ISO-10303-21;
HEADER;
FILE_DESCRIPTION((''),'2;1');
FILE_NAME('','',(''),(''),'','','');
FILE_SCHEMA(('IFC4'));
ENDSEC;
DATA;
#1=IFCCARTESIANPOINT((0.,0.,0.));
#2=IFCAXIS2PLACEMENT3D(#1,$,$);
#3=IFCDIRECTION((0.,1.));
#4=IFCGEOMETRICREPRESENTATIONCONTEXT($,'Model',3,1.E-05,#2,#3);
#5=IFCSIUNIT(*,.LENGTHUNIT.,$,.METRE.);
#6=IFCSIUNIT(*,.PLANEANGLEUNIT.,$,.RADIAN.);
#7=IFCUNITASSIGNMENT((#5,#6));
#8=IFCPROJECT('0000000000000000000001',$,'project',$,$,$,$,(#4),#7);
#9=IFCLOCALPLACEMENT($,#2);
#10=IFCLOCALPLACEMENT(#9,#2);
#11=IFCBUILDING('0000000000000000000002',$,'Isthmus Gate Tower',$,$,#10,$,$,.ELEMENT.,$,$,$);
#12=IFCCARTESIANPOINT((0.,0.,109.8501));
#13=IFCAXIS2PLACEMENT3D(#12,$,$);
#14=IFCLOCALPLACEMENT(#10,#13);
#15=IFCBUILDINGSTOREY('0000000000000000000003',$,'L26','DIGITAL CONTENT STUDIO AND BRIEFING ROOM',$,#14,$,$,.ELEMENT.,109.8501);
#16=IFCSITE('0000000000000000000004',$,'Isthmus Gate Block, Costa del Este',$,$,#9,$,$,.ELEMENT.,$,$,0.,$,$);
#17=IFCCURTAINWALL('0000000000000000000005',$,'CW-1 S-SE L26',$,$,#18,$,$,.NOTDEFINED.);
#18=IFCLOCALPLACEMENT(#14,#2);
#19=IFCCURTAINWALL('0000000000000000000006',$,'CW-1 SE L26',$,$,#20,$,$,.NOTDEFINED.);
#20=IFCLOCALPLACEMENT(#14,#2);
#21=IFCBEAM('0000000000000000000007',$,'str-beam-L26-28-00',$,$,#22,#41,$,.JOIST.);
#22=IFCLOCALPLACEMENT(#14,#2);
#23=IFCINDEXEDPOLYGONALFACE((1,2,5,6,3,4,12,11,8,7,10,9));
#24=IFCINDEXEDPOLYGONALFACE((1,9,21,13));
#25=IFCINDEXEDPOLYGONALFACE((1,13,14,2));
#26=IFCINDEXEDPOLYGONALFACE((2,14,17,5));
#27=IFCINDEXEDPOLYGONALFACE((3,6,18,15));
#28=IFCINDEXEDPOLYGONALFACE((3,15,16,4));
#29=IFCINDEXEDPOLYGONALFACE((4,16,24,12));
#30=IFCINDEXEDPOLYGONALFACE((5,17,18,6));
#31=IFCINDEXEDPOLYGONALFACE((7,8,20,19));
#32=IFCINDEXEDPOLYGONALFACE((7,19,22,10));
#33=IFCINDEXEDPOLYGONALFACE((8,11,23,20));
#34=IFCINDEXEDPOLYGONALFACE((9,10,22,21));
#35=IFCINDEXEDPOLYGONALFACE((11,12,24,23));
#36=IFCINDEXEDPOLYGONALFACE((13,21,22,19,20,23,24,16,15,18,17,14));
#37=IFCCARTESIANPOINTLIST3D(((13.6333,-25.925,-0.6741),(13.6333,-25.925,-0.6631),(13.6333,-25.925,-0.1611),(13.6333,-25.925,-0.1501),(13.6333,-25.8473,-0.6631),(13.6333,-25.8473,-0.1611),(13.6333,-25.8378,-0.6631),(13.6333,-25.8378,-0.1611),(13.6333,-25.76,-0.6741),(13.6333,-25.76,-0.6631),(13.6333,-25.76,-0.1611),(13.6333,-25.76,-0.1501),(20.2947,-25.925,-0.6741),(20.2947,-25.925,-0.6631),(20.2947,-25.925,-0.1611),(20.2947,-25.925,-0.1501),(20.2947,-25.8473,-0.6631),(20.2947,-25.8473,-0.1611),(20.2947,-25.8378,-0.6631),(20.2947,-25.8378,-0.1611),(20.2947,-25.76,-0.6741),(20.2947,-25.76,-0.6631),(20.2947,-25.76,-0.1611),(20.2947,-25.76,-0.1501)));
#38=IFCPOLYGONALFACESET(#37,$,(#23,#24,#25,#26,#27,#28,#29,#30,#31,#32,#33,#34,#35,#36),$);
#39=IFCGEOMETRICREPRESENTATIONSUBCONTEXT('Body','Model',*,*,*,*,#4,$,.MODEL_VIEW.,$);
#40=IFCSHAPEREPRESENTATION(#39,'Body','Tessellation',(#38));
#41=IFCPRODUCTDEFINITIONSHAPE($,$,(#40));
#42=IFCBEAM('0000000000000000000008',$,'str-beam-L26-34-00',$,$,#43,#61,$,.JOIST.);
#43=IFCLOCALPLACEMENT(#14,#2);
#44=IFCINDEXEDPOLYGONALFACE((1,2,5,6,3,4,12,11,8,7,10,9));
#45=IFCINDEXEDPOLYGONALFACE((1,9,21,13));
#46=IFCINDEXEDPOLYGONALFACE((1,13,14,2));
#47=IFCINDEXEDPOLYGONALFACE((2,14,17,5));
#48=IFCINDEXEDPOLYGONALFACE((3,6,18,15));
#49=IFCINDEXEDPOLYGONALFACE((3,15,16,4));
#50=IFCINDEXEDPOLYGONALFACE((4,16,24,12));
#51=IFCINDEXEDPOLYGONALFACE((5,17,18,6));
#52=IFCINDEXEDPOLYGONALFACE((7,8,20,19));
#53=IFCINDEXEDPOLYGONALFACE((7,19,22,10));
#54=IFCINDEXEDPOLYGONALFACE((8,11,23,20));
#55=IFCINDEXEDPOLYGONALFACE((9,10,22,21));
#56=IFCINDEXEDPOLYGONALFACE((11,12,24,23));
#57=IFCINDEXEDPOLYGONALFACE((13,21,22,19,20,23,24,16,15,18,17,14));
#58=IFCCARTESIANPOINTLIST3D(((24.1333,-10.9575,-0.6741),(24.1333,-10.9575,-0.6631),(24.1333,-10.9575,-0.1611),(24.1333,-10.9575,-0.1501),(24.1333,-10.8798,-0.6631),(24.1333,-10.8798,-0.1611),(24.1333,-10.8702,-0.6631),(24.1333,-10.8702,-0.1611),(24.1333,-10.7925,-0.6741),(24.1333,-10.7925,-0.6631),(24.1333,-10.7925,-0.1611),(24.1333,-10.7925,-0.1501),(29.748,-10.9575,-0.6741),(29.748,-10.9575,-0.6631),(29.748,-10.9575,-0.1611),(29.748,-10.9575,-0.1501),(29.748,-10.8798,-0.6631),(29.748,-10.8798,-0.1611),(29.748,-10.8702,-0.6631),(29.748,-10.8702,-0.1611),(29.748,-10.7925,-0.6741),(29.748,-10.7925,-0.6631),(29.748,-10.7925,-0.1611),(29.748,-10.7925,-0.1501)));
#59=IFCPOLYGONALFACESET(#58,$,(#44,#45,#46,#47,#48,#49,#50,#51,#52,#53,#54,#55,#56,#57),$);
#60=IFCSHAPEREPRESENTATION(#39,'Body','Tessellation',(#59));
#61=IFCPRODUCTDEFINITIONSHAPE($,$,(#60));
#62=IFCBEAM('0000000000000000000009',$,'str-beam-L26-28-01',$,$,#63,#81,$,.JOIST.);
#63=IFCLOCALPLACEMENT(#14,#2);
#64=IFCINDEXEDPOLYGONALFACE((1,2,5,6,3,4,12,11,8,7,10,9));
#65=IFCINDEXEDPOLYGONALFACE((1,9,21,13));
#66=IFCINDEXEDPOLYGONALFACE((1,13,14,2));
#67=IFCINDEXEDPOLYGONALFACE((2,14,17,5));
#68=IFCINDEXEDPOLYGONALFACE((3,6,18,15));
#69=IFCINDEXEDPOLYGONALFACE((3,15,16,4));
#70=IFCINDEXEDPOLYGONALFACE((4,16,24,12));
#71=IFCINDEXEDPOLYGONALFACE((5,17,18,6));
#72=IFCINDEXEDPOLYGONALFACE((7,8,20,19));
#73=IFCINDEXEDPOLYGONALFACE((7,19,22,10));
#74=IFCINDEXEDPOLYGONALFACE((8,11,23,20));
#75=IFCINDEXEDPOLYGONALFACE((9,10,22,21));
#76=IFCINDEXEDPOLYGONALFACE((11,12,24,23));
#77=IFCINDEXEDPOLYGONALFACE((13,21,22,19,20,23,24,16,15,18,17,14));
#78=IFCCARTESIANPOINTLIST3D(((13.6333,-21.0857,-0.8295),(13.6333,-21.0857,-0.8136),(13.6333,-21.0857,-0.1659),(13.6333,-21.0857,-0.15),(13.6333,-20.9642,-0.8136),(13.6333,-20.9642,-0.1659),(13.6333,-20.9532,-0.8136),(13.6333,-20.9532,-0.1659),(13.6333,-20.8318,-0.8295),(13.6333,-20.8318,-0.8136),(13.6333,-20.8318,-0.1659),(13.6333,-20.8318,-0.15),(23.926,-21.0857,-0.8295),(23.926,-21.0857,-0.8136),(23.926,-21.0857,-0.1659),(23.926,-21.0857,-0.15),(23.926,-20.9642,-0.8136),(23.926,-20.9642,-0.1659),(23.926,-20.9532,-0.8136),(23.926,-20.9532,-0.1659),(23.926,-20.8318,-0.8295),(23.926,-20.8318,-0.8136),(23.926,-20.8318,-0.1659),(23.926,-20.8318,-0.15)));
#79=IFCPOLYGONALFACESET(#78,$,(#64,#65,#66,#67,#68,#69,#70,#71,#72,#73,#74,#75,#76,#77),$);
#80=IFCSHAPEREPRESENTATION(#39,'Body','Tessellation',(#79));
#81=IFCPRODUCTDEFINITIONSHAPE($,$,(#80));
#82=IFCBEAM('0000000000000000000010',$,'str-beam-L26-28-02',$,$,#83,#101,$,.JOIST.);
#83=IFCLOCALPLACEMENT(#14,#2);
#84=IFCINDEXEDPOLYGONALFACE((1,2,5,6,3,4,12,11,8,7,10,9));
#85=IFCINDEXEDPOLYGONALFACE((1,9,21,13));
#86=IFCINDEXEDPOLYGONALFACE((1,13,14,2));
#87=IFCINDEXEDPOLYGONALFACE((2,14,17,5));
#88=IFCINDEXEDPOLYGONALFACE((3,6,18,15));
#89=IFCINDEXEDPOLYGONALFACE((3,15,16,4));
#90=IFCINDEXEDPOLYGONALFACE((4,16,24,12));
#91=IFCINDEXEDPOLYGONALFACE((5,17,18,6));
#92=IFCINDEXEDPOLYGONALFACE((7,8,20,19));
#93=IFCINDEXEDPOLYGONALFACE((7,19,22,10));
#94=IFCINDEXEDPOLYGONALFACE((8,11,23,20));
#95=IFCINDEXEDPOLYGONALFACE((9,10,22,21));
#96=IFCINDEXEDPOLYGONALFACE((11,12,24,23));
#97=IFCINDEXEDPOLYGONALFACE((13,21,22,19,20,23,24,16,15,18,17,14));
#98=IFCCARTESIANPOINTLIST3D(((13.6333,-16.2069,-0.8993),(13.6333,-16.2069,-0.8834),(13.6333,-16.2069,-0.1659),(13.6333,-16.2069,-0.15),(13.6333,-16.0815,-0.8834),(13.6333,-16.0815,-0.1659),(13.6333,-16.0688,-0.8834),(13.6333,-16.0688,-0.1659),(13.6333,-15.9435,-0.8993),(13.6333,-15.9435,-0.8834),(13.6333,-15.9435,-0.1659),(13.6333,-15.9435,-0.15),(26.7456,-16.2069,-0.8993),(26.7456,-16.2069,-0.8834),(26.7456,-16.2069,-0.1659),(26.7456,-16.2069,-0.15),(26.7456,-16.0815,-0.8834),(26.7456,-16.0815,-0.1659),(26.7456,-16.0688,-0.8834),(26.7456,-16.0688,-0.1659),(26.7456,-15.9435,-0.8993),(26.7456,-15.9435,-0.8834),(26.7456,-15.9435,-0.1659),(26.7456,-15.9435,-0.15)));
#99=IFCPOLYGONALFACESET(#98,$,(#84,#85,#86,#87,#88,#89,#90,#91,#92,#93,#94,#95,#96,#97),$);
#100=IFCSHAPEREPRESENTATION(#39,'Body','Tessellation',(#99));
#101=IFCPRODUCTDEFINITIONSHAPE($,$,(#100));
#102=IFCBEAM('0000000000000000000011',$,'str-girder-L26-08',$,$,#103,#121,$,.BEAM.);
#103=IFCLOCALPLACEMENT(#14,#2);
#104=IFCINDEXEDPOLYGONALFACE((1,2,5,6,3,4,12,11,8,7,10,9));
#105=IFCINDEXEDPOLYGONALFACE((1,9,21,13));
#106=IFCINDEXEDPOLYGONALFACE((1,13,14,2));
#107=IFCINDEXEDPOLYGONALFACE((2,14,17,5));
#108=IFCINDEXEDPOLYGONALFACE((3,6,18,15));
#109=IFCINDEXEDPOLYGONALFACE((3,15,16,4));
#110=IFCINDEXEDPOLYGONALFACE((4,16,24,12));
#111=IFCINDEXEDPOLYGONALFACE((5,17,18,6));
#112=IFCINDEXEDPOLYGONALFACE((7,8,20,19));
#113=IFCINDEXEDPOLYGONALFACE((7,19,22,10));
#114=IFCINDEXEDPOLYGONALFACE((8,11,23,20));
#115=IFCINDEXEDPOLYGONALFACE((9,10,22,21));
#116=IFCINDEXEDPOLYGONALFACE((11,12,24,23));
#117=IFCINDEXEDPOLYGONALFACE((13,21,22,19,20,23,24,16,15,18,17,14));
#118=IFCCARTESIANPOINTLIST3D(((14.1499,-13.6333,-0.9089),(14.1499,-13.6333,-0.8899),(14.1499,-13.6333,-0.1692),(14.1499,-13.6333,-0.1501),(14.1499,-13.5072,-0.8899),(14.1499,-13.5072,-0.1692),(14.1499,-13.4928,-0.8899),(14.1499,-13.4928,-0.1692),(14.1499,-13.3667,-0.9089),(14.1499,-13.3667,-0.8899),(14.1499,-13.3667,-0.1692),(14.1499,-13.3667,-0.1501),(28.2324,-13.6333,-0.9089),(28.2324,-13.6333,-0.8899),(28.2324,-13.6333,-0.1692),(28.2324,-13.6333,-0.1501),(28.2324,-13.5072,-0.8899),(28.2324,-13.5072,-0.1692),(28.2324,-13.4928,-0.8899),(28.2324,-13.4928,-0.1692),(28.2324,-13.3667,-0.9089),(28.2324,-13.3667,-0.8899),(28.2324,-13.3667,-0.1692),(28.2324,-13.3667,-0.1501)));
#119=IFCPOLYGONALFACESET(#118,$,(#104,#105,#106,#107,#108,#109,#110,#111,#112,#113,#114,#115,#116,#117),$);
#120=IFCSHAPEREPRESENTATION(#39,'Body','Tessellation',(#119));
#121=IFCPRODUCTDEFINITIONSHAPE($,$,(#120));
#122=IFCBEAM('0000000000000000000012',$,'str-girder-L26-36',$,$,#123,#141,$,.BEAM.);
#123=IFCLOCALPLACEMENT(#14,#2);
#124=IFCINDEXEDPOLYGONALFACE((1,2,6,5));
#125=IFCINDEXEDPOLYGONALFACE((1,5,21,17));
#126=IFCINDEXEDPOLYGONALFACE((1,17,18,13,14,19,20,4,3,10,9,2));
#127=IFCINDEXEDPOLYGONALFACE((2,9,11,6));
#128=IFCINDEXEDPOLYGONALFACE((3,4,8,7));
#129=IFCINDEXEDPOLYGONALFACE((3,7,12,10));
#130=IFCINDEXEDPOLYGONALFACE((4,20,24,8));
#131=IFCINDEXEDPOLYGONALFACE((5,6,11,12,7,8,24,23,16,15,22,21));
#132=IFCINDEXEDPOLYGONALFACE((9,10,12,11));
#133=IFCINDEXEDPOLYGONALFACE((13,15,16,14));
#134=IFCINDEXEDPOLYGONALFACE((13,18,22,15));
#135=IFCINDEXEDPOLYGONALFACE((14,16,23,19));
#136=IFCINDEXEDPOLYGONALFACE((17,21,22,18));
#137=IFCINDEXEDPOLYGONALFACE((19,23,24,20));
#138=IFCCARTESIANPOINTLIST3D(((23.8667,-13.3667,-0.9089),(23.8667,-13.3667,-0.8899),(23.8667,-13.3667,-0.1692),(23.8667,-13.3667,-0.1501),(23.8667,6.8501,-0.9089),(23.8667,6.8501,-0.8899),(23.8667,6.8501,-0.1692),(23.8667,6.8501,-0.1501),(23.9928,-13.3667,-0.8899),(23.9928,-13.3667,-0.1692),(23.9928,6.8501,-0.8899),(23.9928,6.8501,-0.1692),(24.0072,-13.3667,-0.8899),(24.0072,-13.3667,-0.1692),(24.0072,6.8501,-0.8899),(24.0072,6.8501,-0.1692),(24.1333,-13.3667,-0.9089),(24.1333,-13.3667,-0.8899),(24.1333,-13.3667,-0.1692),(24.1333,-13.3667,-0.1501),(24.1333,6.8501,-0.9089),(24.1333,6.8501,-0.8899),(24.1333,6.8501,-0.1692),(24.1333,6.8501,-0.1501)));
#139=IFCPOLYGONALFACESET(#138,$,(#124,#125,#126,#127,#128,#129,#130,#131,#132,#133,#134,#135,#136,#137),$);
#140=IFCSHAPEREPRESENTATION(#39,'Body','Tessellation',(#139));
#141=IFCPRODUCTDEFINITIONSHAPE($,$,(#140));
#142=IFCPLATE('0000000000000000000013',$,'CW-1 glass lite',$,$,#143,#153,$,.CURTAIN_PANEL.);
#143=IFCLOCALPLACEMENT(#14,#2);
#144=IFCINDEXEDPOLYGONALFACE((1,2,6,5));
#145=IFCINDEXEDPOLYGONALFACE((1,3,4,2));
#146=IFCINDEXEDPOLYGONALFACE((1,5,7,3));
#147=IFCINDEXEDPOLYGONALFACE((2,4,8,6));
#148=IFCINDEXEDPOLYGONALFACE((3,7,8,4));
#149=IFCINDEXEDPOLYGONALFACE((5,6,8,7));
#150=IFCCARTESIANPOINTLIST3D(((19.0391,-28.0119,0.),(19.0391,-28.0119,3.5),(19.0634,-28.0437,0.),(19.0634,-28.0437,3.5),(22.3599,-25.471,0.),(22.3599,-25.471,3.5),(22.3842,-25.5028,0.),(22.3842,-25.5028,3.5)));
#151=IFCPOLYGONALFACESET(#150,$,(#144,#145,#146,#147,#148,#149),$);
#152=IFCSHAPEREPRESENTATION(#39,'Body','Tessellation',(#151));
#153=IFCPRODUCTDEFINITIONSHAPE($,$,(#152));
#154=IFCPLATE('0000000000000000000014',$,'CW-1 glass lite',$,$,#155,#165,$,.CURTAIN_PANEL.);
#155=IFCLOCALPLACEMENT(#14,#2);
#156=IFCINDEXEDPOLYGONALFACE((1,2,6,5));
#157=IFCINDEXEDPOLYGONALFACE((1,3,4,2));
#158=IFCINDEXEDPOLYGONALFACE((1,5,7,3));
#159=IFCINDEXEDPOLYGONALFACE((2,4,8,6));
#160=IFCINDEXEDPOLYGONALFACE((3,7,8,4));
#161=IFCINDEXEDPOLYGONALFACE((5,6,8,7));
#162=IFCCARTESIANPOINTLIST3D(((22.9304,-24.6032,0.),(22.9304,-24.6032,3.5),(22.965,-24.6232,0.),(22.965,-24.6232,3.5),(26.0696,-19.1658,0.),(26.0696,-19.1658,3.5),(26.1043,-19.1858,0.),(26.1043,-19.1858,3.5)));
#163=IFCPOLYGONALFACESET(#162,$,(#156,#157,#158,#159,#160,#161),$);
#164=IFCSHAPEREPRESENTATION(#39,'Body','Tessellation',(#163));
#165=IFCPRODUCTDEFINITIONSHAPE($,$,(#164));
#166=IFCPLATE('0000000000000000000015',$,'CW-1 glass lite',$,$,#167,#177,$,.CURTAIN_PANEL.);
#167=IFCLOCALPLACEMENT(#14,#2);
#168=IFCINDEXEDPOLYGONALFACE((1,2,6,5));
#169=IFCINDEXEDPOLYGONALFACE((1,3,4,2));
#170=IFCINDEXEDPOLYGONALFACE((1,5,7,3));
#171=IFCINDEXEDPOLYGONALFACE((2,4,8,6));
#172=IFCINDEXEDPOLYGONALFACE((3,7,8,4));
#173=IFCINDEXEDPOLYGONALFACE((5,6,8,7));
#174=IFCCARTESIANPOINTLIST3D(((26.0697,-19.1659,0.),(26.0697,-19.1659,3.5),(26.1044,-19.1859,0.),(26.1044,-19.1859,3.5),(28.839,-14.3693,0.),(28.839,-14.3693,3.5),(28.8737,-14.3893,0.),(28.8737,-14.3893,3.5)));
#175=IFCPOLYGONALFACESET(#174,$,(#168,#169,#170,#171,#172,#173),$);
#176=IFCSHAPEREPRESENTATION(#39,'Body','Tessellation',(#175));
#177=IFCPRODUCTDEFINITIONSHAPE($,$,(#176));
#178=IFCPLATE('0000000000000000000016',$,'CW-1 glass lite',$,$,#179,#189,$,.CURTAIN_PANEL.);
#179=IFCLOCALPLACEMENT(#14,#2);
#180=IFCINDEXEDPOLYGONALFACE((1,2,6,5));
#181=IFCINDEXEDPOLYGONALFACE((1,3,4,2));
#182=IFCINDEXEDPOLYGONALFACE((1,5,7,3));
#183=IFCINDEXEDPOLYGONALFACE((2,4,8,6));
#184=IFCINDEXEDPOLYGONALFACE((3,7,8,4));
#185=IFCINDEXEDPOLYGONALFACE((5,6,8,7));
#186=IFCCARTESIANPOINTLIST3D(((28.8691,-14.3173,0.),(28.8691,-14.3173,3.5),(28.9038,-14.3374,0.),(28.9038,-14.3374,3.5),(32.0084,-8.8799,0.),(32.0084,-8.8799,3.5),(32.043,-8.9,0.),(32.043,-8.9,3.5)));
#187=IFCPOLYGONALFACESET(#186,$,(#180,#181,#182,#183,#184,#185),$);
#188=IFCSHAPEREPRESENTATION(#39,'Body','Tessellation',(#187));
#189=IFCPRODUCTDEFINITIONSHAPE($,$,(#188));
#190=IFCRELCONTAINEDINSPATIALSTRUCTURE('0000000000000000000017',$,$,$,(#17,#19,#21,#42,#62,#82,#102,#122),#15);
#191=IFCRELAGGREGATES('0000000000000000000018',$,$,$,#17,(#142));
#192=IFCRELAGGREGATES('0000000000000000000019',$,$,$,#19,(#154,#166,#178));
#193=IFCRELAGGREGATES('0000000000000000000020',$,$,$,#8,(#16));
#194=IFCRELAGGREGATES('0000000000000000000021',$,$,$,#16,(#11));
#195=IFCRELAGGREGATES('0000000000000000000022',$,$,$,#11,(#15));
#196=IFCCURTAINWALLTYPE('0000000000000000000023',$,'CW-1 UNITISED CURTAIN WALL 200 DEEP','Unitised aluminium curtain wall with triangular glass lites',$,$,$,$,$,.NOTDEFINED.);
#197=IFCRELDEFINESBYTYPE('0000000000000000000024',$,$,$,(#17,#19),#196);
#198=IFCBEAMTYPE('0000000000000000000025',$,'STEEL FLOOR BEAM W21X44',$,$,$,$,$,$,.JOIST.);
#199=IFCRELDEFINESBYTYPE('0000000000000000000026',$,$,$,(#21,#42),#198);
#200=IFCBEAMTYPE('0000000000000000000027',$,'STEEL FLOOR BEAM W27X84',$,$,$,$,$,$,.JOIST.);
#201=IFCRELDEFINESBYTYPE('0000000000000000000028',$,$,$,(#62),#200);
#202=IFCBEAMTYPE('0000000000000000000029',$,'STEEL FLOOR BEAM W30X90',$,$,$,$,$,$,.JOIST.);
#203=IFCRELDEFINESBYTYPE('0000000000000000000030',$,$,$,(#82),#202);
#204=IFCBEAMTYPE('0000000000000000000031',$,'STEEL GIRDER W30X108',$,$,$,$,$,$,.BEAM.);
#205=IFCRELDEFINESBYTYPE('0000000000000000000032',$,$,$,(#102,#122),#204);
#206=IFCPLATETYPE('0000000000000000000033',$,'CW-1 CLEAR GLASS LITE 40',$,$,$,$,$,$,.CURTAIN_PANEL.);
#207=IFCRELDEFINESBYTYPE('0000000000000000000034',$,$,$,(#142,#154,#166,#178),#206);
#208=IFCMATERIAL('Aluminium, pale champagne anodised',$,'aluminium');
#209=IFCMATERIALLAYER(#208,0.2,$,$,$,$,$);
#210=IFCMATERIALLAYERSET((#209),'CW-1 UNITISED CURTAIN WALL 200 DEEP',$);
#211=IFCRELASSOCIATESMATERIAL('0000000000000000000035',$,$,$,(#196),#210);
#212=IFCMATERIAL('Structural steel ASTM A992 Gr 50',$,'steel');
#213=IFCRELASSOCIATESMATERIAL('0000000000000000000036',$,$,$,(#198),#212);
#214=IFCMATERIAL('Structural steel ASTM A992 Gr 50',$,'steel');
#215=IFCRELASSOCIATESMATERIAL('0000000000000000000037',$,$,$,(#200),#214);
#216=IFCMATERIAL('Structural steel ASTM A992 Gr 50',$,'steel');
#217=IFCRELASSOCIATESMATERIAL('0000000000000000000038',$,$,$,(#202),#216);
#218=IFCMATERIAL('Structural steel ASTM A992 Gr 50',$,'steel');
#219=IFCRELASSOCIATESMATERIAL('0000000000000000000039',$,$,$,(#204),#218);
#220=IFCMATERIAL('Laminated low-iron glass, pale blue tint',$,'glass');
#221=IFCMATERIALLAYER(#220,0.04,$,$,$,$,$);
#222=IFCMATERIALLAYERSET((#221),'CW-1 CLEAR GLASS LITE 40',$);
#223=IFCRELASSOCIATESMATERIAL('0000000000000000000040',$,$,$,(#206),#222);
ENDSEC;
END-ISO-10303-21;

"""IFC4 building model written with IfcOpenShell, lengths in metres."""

from ifc_helpers import new_model, si_unit, direction, frame, origin, origin_2d, place, context, subcontext, project, spatial, rectangle, i_section, extrude, material, layer, layer_set, material_profile, profile_set, type_object, element, aggregate, save


model = new_model("IFC4")

# Units and contexts
model_context = context("Model", 3, precision=1e-05, world=origin(), true_north=direction((0.0, 1.0)))
body_context = subcontext(model_context, "Body", "Model", "MODEL_VIEW")
ifc_project = project(units=[si_unit("LENGTHUNIT", "METRE"), si_unit("PLANEANGLEUNIT", "RADIAN")], contexts=[model_context])

# Site, building, storey
site_placement = place(None, origin())
site = spatial("IfcSite", under=ifc_project, at=site_placement, Name="Isthmus Gate Block, Costa del Este", CompositionType="ELEMENT", RefElevation=0.0)
building_placement = place(site_placement, origin())
building = spatial("IfcBuilding", under=site, at=building_placement, Name="Isthmus Gate Tower", CompositionType="ELEMENT")
storey_placement = place(building_placement, frame((0.0, 0.0, 109.8501)))
storey = spatial("IfcBuildingStorey", under=building, at=storey_placement, Name="L26", Description="DIGITAL CONTENT STUDIO AND BRIEFING ROOM", CompositionType="ELEMENT", Elevation=109.8501)

# Curtain wall
ifc_material_1 = material(Name="Aluminium, pale champagne anodised", Category="aluminium")
ifc_layer_1 = layer(ifc_material_1, 0.2)
ifc_layer_set_1 = layer_set([ifc_layer_1], Name="CW-1 UNITISED CURTAIN WALL 200 DEEP")
curtain_wall_type = type_object("IfcCurtainWallType", Name="CW-1 UNITISED CURTAIN WALL 200 DEEP", Description="Unitised aluminium curtain wall with triangular glass lites", PredefinedType="NOTDEFINED", material=ifc_layer_set_1)
curtain_wall_1_placement = place(storey_placement, origin())
curtain_wall_1 = element("IfcCurtainWall", 1, at=curtain_wall_1_placement, inside=storey, type_object=curtain_wall_type, Name="CW-1 S-SE L26", PredefinedType="NOTDEFINED")

# Curtain wall
curtain_wall_2_placement = place(storey_placement, origin())
curtain_wall_2 = element("IfcCurtainWall", 2, at=curtain_wall_2_placement, inside=storey, type_object=curtain_wall_type, Name="CW-1 SE L26", PredefinedType="NOTDEFINED")

# Beams
ifc_material_2 = material(Name="Structural steel ASTM A992 Gr 50", Category="steel")
ifc_material_profile_1 = material_profile(ifc_material_2, i_section(OverallWidth=0.165, OverallDepth=0.5239, WebThickness=0.0095, FlangeThickness=0.011, at=origin_2d()), Name="W21X44")
ifc_profile_set_1 = profile_set([ifc_material_profile_1], Name="Structural steel ASTM A992 Gr 50")
beam_type_1 = type_object("IfcBeamType", Name="STEEL FLOOR BEAM W21X44", PredefinedType="JOIST", material=ifc_profile_set_1)
beam_1_placement = place(storey_placement, frame((13.6333, -25.8425, -0.4121), z_axis=(1.0, 0.0, 0.0), x_axis=(0.0, 1.0, 0.0)))
element("IfcBeam", 3, at=beam_1_placement, inside=storey, type_object=beam_type_1, Name="str-beam-L26-28-00", PredefinedType="JOIST", context=body_context, shape_type="SweptSolid", body=[
    extrude(i_section(OverallWidth=0.165, OverallDepth=0.5239, WebThickness=0.0095, FlangeThickness=0.011, at=origin_2d()), origin(), (0.0, 0.0, 1.0), 6.6614),
])
beam_2_placement = place(storey_placement, frame((24.1333, -10.875, -0.4121), z_axis=(1.0, 0.0, 0.0), x_axis=(0.0, 1.0, 0.0)))
element("IfcBeam", 4, at=beam_2_placement, inside=storey, type_object=beam_type_1, Name="str-beam-L26-34-00", PredefinedType="JOIST", context=body_context, shape_type="SweptSolid", body=[
    extrude(i_section(OverallWidth=0.165, OverallDepth=0.5239, WebThickness=0.0095, FlangeThickness=0.011, at=origin_2d()), origin(), (0.0, 0.0, 1.0), 5.6147),
])
ifc_material_3 = material(Name="Structural steel ASTM A992 Gr 50", Category="steel")
ifc_material_profile_2 = material_profile(ifc_material_3, i_section(OverallWidth=0.2539, OverallDepth=0.6794, WebThickness=0.011, FlangeThickness=0.0159, at=origin_2d()), Name="W27X84")
ifc_profile_set_2 = profile_set([ifc_material_profile_2], Name="Structural steel ASTM A992 Gr 50")
beam_type_2 = type_object("IfcBeamType", Name="STEEL FLOOR BEAM W27X84", PredefinedType="JOIST", material=ifc_profile_set_2)
beam_3_placement = place(storey_placement, frame((13.6333, -20.9587, -0.4897), z_axis=(1.0, 0.0, 0.0), x_axis=(0.0, 1.0, 0.0)))
element("IfcBeam", 5, at=beam_3_placement, inside=storey, type_object=beam_type_2, Name="str-beam-L26-28-01", PredefinedType="JOIST", context=body_context, shape_type="SweptSolid", body=[
    extrude(i_section(OverallWidth=0.2539, OverallDepth=0.6794, WebThickness=0.011, FlangeThickness=0.0159, at=origin_2d()), origin(), (0.0, 0.0, 1.0), 10.2927),
])
ifc_material_4 = material(Name="Structural steel ASTM A992 Gr 50", Category="steel")
ifc_material_profile_3 = material_profile(ifc_material_4, i_section(OverallWidth=0.2634, OverallDepth=0.7493, WebThickness=0.0127, FlangeThickness=0.0159, at=origin_2d()), Name="W30X90")
ifc_profile_set_3 = profile_set([ifc_material_profile_3], Name="Structural steel ASTM A992 Gr 50")
beam_type_3 = type_object("IfcBeamType", Name="STEEL FLOOR BEAM W30X90", PredefinedType="JOIST", material=ifc_profile_set_3)
beam_4_placement = place(storey_placement, frame((13.6333, -16.0752, -0.5247), z_axis=(1.0, 0.0, 0.0), x_axis=(0.0, 1.0, 0.0)))
element("IfcBeam", 6, at=beam_4_placement, inside=storey, type_object=beam_type_3, Name="str-beam-L26-28-02", PredefinedType="JOIST", context=body_context, shape_type="SweptSolid", body=[
    extrude(i_section(OverallWidth=0.2634, OverallDepth=0.7493, WebThickness=0.0127, FlangeThickness=0.0159, at=origin_2d()), origin(), (0.0, 0.0, 1.0), 13.1123),
])
ifc_material_5 = material(Name="Structural steel ASTM A992 Gr 50", Category="steel")
ifc_material_profile_4 = material_profile(ifc_material_5, i_section(OverallWidth=0.2666, OverallDepth=0.7588, WebThickness=0.0144, FlangeThickness=0.019, at=origin_2d()), Name="W30X108")
ifc_profile_set_4 = profile_set([ifc_material_profile_4], Name="Structural steel ASTM A992 Gr 50")
beam_type_4 = type_object("IfcBeamType", Name="STEEL GIRDER W30X108", PredefinedType="BEAM", material=ifc_profile_set_4)
beam_5_placement = place(storey_placement, frame((14.1499, -13.5, -0.5295), z_axis=(1.0, 0.0, 0.0), x_axis=(0.0, 1.0, 0.0)))
element("IfcBeam", 7, at=beam_5_placement, inside=storey, type_object=beam_type_4, Name="str-girder-L26-08", PredefinedType="BEAM", context=body_context, shape_type="SweptSolid", body=[
    extrude(i_section(OverallWidth=0.2666, OverallDepth=0.7588, WebThickness=0.0144, FlangeThickness=0.019, at=origin_2d()), origin(), (0.0, 0.0, 1.0), 14.0825),
])
beam_6_placement = place(storey_placement, frame((24.0, -13.3667, -0.5295), z_axis=(0.0, 1.0, 0.0), x_axis=(-1.0, 0.0, 0.0)))
element("IfcBeam", 8, at=beam_6_placement, inside=storey, type_object=beam_type_4, Name="str-girder-L26-36", PredefinedType="BEAM", context=body_context, shape_type="SweptSolid", body=[
    extrude(i_section(OverallWidth=0.2666, OverallDepth=0.7588, WebThickness=0.0144, FlangeThickness=0.019, at=origin_2d()), origin(), (0.0, 0.0, 1.0), 20.2168),
])

# Plates
ifc_material_6 = material(Name="Laminated low-iron glass, pale blue tint", Category="glass")
ifc_layer_2 = layer(ifc_material_6, 0.04)
ifc_layer_set_2 = layer_set([ifc_layer_2], Name="CW-1 CLEAR GLASS LITE 40")
plate_type = type_object("IfcPlateType", Name="CW-1 CLEAR GLASS LITE 40", PredefinedType="CURTAIN_PANEL", material=ifc_layer_set_2)
plate_1_placement = place(storey_placement, frame((20.7117, -26.7573, 0.0), z_axis=(0.0, 0.0, 1.0), x_axis=(0.794189, 0.607671, 0.0)))
plate_1 = element("IfcPlate", 9, at=plate_1_placement, type_object=plate_type, Name="CW-1 glass lite", PredefinedType="CURTAIN_PANEL", context=body_context, shape_type="SweptSolid", body=[
    extrude(rectangle(XDim=4.1814, YDim=0.04, at=origin_2d()), origin(), (0.0, 0.0, 1.0), 3.5),
])
aggregate(curtain_wall_1, [plate_1])
plate_2_placement = place(storey_placement, frame((24.5173, -21.8945, 0.0), z_axis=(0.0, 0.0, 1.0), x_axis=(0.5, 0.866025, 0.0)))
plate_2 = element("IfcPlate", 10, at=plate_2_placement, type_object=plate_type, Name="CW-1 glass lite", PredefinedType="CURTAIN_PANEL", context=body_context, shape_type="SweptSolid", body=[
    extrude(rectangle(XDim=6.2786, YDim=0.04, at=origin_2d()), origin(), (0.0, 0.0, 1.0), 3.5),
])
plate_3_placement = place(storey_placement, frame((27.4717, -16.7776, 0.0), z_axis=(0.0, 0.0, 1.0), x_axis=(0.5, 0.866025, 0.0)))
plate_3 = element("IfcPlate", 11, at=plate_3_placement, type_object=plate_type, Name="CW-1 glass lite", PredefinedType="CURTAIN_PANEL", context=body_context, shape_type="SweptSolid", body=[
    extrude(rectangle(XDim=5.5386, YDim=0.04, at=origin_2d()), origin(), (0.0, 0.0, 1.0), 3.5),
])
plate_4_placement = place(storey_placement, frame((30.4561, -11.6086, 0.0), z_axis=(0.0, 0.0, 1.0), x_axis=(0.5, 0.866025, 0.0)))
plate_4 = element("IfcPlate", 12, at=plate_4_placement, type_object=plate_type, Name="CW-1 glass lite", PredefinedType="CURTAIN_PANEL", context=body_context, shape_type="SweptSolid", body=[
    extrude(rectangle(XDim=6.2786, YDim=0.04, at=origin_2d()), origin(), (0.0, 0.0, 1.0), 3.5),
])
aggregate(curtain_wall_2, [plate_2, plate_3, plate_4])

save(model, "model.ifc")
